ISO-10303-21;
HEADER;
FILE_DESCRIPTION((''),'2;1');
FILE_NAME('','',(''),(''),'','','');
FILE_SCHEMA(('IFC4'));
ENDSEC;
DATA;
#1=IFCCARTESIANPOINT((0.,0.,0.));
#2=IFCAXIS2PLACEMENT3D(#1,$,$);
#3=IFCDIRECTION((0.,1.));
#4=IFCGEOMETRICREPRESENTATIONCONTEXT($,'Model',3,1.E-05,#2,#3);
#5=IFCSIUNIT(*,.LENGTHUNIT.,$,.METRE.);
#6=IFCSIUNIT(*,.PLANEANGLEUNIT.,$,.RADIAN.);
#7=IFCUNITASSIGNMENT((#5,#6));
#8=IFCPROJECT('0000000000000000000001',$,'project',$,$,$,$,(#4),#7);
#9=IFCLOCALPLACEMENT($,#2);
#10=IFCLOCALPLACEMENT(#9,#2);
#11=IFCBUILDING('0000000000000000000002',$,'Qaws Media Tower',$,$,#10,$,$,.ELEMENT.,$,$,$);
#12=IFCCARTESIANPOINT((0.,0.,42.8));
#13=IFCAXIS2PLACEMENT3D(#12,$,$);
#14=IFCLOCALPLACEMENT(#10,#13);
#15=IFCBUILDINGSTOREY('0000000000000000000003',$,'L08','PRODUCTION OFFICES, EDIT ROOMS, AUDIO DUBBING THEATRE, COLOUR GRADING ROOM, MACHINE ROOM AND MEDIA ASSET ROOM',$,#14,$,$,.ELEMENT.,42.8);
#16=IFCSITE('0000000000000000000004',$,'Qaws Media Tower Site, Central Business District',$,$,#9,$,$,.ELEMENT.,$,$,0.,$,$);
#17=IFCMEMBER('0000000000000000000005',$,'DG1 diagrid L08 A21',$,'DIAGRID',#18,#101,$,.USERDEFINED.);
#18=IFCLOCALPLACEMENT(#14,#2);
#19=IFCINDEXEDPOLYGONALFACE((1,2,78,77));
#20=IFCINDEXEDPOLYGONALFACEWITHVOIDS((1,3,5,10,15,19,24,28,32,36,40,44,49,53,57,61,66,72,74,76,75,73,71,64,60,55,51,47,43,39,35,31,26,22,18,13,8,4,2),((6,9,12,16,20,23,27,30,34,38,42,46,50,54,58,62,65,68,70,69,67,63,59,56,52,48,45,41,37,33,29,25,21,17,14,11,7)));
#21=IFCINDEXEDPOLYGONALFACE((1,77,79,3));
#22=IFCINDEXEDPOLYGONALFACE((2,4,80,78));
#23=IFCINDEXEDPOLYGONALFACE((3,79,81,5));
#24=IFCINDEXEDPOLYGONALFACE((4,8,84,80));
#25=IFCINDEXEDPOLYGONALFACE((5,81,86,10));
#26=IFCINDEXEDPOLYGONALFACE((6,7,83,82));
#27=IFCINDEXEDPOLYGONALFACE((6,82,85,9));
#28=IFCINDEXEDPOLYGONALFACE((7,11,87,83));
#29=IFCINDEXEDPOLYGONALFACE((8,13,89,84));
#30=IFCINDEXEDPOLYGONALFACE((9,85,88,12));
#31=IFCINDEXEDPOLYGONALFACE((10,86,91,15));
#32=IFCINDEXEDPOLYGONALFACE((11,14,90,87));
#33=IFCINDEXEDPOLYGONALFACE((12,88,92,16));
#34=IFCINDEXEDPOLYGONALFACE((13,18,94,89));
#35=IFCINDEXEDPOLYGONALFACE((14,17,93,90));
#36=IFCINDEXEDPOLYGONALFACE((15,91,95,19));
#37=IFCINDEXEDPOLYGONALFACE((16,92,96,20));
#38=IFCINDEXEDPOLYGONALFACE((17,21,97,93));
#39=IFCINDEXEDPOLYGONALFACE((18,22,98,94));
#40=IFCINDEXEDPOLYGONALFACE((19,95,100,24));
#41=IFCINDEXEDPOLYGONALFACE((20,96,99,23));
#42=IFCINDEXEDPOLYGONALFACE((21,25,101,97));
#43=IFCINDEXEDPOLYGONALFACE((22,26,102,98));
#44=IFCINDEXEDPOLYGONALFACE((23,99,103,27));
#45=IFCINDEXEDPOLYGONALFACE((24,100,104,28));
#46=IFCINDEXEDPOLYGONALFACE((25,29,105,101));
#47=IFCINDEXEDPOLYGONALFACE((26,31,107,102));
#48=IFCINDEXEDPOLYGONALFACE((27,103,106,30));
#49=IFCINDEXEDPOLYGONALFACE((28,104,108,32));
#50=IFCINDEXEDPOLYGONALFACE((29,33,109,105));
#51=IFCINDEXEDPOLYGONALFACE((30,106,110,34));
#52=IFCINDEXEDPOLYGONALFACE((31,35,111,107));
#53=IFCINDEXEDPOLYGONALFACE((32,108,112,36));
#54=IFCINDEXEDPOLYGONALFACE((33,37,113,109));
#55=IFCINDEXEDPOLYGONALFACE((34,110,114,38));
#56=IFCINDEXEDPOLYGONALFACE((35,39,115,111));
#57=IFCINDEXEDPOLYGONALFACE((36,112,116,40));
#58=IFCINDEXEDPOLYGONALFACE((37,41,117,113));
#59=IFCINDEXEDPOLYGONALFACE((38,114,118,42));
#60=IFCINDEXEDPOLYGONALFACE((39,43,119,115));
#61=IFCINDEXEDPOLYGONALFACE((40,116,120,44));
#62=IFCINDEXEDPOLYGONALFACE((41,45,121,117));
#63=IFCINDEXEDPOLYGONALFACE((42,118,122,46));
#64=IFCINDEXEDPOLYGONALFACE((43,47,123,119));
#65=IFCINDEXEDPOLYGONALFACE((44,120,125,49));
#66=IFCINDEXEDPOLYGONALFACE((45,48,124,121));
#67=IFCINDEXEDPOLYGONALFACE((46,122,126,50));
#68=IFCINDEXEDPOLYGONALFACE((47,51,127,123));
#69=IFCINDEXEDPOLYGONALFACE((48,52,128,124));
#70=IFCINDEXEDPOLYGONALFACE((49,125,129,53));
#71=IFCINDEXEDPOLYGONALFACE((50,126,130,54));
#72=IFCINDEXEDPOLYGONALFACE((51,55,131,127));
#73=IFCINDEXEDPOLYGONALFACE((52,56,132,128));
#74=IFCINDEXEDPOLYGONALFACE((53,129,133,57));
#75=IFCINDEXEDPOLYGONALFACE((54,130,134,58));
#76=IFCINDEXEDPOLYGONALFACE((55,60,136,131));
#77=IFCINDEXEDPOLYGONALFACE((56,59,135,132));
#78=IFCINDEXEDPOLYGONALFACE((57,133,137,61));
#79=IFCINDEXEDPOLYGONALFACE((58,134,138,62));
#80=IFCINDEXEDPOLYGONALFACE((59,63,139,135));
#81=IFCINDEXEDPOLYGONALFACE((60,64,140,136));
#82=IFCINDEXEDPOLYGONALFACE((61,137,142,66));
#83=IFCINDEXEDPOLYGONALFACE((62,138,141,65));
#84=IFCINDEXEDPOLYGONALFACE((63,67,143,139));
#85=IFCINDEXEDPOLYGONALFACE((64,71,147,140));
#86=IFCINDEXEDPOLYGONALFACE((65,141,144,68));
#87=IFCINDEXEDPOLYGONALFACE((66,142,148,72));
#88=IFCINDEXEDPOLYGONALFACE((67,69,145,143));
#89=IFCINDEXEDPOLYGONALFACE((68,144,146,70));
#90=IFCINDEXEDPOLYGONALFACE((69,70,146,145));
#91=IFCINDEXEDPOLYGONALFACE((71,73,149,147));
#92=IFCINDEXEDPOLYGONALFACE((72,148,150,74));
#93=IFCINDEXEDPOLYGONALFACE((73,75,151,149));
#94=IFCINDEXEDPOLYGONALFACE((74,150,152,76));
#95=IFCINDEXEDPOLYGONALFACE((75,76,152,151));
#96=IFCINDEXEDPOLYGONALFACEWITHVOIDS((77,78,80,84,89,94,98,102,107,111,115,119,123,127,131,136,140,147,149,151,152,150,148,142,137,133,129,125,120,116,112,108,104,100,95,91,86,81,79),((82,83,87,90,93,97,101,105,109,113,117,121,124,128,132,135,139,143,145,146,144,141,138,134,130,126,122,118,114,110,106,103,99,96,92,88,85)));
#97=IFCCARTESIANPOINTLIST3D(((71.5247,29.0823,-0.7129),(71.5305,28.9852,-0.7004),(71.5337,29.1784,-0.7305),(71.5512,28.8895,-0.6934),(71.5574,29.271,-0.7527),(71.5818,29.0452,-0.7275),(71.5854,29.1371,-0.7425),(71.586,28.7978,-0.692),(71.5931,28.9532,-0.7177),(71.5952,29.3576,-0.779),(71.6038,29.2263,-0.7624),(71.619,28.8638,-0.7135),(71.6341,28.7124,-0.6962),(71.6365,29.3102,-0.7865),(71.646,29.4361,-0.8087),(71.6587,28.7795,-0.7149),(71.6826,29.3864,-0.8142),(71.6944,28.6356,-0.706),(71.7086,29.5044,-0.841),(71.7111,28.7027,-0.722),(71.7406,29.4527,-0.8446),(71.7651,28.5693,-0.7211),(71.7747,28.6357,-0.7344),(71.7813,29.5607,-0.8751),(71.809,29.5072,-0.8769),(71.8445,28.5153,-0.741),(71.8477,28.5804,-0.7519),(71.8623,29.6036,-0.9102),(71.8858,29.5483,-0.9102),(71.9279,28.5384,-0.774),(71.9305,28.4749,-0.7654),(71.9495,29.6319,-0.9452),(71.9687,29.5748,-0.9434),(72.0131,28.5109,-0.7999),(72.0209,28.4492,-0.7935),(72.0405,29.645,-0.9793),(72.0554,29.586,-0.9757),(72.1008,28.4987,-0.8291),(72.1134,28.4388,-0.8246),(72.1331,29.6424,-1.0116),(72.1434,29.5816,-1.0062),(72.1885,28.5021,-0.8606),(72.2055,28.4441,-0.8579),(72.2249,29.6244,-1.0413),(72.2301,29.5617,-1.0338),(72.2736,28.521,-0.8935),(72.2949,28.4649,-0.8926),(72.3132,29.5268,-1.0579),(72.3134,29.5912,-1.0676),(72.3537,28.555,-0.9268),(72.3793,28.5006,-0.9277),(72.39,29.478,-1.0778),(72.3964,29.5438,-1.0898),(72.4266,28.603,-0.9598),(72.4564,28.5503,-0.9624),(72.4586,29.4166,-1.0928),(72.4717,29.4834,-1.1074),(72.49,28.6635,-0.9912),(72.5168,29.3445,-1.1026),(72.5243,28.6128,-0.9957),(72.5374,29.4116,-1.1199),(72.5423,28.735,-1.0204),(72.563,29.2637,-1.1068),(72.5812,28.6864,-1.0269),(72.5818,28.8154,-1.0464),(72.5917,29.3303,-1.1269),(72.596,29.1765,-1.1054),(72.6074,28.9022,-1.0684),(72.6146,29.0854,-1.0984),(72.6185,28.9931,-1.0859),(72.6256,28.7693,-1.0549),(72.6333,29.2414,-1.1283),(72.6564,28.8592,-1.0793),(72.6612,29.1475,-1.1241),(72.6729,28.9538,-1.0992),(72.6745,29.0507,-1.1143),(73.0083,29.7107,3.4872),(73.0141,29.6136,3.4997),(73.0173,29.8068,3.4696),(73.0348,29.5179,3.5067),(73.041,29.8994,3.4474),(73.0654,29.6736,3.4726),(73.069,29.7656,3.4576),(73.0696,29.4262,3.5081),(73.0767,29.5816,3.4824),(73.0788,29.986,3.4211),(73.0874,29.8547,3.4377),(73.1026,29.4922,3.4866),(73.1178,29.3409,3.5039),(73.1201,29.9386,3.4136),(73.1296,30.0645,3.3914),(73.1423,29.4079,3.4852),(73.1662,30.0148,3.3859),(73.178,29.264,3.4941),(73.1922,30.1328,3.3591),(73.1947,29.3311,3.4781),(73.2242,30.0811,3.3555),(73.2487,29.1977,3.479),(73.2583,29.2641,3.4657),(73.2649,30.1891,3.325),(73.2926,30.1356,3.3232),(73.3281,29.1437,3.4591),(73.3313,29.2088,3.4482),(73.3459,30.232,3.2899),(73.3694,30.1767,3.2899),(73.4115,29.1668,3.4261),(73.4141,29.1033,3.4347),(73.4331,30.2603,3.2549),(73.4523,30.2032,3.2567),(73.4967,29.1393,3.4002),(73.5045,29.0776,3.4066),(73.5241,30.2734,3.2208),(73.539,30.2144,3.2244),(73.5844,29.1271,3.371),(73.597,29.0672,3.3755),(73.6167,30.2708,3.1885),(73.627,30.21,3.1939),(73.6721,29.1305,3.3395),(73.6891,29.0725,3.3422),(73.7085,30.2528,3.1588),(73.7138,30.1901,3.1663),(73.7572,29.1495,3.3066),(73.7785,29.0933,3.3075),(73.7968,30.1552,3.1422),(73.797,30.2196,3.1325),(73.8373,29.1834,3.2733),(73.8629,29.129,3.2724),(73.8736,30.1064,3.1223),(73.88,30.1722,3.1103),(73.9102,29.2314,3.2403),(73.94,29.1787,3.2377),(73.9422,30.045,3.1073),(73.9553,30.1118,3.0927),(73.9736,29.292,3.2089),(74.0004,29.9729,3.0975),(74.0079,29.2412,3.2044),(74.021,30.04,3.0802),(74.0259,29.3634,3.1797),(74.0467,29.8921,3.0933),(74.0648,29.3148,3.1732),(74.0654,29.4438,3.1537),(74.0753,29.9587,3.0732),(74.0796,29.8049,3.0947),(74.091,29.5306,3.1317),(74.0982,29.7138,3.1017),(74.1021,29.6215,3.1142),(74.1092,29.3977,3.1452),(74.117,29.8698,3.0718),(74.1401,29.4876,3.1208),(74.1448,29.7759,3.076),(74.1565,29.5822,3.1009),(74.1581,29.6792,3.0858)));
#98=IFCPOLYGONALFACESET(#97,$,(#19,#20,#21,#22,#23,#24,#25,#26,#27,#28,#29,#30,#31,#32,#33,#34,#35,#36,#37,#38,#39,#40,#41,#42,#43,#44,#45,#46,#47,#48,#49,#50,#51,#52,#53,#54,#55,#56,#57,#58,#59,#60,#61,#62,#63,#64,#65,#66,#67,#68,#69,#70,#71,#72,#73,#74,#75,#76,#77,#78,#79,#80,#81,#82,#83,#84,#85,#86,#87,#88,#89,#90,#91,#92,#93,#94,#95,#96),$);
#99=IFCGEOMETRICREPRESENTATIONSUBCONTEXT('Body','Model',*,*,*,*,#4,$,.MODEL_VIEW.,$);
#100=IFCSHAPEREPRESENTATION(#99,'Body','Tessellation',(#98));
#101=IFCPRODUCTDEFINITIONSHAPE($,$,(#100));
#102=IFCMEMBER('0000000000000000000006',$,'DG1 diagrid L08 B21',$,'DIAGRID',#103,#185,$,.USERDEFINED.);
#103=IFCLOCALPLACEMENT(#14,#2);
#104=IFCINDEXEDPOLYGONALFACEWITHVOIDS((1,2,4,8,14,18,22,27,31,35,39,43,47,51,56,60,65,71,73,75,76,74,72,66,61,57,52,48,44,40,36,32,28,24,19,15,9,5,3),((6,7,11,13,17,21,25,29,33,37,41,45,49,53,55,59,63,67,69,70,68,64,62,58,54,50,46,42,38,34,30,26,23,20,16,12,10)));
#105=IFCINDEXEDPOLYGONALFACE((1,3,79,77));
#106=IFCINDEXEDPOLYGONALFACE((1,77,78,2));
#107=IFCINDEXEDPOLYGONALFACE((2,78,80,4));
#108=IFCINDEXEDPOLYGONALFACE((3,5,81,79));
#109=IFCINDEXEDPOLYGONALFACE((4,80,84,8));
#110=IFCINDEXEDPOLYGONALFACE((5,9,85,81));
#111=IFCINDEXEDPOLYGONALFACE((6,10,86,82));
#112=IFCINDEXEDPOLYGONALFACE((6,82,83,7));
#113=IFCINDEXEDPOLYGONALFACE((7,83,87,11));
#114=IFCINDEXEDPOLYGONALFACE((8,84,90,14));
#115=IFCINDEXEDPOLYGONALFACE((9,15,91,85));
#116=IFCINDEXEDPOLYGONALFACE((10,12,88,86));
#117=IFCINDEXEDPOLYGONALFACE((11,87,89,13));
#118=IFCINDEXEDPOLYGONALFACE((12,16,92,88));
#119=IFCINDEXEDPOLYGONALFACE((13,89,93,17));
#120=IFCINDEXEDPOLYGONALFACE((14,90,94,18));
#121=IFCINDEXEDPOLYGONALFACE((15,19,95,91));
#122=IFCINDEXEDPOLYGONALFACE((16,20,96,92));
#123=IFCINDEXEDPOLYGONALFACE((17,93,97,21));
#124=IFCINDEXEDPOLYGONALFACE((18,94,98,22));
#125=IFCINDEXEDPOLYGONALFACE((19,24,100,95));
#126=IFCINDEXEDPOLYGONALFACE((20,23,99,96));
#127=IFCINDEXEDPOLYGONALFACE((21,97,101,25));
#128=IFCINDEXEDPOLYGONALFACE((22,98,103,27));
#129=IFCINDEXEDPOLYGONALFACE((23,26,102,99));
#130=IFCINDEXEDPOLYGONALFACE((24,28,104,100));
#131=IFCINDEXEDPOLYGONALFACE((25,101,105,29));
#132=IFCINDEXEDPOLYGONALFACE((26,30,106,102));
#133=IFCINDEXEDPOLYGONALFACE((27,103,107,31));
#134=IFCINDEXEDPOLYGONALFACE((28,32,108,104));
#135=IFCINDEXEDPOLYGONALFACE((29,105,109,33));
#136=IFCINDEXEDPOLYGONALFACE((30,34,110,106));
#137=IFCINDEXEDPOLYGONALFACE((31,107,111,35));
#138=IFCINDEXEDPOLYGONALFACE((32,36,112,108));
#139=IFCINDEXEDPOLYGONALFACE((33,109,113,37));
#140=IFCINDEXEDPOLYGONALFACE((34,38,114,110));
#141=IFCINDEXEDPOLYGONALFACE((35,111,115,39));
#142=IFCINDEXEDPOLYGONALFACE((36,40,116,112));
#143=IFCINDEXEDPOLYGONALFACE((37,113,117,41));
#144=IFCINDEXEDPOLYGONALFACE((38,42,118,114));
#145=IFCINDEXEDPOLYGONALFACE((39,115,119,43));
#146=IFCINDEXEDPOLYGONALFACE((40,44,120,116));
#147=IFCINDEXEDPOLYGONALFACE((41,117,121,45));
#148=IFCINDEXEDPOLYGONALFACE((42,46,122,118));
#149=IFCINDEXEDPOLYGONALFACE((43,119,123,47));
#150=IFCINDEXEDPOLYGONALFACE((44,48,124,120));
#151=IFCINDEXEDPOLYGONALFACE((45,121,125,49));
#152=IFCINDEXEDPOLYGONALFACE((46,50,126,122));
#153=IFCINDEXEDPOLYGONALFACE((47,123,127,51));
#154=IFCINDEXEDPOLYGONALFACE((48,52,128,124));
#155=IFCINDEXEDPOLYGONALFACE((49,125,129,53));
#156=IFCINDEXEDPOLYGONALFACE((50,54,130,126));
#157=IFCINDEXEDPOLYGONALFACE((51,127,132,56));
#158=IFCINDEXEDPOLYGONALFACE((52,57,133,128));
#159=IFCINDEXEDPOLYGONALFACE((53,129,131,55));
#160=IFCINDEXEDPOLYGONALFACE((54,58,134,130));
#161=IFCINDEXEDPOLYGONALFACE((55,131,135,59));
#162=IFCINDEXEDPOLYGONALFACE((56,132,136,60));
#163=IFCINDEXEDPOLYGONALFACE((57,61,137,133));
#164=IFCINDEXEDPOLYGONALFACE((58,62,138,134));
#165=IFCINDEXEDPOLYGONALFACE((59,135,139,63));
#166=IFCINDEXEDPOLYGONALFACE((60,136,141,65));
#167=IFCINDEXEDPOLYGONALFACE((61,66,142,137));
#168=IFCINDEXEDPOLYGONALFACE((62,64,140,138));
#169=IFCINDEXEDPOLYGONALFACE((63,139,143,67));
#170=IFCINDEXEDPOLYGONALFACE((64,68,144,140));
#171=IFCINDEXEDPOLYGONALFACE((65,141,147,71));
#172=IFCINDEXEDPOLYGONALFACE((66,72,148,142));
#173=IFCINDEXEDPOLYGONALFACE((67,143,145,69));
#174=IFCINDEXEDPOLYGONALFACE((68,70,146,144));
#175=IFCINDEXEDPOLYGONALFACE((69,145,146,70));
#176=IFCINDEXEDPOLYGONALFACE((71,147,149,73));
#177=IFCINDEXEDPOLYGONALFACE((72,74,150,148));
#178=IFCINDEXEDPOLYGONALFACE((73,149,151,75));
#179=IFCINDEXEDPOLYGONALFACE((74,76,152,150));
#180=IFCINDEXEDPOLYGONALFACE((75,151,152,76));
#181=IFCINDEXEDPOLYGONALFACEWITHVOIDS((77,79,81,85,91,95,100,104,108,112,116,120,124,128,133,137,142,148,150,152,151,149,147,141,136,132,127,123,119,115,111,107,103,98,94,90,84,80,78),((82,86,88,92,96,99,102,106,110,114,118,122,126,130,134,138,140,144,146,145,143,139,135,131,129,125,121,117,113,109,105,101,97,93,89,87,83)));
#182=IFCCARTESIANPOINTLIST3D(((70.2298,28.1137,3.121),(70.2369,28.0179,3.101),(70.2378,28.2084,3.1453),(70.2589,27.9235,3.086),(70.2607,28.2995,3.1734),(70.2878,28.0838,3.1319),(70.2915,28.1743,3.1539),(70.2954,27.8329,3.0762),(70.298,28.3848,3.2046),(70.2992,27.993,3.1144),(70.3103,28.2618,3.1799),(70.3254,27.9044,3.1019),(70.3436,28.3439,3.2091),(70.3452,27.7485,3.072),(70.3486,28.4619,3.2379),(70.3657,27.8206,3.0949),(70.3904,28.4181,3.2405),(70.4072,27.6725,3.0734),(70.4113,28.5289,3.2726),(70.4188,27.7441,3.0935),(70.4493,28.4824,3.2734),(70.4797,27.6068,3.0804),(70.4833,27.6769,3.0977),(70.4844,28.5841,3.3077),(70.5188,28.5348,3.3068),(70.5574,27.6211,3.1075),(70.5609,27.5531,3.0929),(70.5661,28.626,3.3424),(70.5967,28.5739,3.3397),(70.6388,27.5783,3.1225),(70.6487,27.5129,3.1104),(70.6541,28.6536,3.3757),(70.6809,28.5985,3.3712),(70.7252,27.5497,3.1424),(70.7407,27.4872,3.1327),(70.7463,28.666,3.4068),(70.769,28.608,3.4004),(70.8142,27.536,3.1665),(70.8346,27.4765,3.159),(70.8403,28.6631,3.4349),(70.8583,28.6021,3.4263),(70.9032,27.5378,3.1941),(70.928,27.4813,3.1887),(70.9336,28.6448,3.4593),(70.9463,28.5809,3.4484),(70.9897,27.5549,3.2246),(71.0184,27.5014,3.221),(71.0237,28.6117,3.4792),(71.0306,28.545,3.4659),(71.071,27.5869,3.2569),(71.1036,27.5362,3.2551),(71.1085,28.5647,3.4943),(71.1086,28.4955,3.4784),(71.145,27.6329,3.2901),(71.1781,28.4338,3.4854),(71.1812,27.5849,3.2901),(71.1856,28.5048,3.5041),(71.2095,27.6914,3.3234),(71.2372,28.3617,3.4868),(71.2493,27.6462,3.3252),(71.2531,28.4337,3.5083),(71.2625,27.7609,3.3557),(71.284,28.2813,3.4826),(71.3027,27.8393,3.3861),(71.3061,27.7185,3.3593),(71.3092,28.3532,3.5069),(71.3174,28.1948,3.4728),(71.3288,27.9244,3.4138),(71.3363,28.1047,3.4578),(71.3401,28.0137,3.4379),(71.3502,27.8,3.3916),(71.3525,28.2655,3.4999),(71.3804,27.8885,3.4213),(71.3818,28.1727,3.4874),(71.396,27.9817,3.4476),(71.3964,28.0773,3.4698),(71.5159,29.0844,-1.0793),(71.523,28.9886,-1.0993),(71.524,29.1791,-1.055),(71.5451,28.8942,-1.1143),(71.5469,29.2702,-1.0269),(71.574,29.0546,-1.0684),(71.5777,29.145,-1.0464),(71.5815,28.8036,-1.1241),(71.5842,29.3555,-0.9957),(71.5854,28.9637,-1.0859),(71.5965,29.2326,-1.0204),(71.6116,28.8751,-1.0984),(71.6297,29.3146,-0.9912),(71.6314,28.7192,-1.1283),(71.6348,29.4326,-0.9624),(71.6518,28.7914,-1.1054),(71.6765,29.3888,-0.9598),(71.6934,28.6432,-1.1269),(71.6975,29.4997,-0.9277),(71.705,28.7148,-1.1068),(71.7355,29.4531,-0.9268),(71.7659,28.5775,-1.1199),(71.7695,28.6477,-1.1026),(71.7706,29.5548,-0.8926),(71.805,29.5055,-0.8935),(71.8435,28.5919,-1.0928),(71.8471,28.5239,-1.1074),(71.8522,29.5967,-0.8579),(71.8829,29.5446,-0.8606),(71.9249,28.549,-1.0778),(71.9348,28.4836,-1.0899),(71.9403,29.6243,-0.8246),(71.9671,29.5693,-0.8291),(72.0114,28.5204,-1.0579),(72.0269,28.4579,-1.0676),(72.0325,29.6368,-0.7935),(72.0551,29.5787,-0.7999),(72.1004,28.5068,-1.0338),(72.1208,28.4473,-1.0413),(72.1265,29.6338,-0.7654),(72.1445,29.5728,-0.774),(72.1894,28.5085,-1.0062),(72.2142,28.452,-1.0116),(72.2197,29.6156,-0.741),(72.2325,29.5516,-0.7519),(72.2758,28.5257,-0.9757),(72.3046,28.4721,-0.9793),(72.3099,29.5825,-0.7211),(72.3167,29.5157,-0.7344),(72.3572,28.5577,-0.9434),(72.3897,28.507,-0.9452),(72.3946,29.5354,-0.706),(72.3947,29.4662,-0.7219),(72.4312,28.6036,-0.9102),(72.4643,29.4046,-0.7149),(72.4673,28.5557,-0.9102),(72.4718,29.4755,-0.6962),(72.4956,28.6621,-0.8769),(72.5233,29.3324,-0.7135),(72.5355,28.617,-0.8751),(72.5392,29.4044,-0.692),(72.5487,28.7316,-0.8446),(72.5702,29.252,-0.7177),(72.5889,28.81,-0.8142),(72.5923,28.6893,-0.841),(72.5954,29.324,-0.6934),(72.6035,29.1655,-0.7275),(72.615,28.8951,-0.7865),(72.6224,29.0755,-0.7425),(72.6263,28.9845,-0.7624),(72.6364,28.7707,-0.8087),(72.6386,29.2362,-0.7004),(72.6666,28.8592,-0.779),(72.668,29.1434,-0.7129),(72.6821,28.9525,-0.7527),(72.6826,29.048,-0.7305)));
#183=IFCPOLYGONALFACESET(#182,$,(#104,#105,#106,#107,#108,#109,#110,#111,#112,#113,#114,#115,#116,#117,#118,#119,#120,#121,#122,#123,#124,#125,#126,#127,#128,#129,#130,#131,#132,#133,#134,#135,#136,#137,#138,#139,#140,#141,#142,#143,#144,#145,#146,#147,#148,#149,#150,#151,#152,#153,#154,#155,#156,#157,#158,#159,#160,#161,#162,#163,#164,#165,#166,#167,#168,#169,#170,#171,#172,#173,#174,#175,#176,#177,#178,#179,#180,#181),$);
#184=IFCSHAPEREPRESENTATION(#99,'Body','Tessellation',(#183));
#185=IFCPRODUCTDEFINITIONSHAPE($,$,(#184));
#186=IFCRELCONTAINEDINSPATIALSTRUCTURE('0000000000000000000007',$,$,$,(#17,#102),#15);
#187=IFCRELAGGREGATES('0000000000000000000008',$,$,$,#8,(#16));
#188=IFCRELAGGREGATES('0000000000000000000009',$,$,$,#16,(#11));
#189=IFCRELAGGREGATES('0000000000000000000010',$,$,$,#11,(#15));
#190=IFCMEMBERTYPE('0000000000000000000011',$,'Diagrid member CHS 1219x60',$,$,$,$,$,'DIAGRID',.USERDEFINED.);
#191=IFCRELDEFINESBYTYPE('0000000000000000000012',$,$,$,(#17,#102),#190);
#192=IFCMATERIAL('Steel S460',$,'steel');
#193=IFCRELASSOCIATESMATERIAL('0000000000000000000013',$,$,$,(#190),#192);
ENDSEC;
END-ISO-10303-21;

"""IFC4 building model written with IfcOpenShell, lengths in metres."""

from ifc_helpers import new_model, si_unit, direction, frame, origin, origin_2d, place, context, subcontext, project, spatial, hollow_circle, extrude, material, material_profile, profile_set, type_object, element, save


model = new_model("IFC4")

# Units and contexts
model_context = context("Model", 3, precision=1e-05, world=origin(), true_north=direction((0.0, 1.0)))
body_context = subcontext(model_context, "Body", "Model", "MODEL_VIEW")
ifc_project = project(units=[si_unit("LENGTHUNIT", "METRE"), si_unit("PLANEANGLEUNIT", "RADIAN")], contexts=[model_context])

# Site, building, storey
site_placement = place(None, origin())
site = spatial("IfcSite", under=ifc_project, at=site_placement, Name="Qaws Media Tower Site, Central Business District", CompositionType="ELEMENT", RefElevation=0.0)
building_placement = place(site_placement, origin())
building = spatial("IfcBuilding", under=site, at=building_placement, Name="Qaws Media Tower", CompositionType="ELEMENT")
storey_placement = place(building_placement, frame((0.0, 0.0, 42.8)))
storey = spatial("IfcBuildingStorey", under=building, at=storey_placement, Name="L08", Description="PRODUCTION OFFICES, EDIT ROOMS, AUDIO DUBBING THEATRE, COLOUR GRADING ROOM, MACHINE ROOM AND MEDIA ASSET ROOM", CompositionType="ELEMENT", Elevation=42.8)

# Members
ifc_material_1 = material(Name="Steel S460", Category="steel")
ifc_material_profile_1 = material_profile(ifc_material_1, hollow_circle(Radius=0.6096, WallThickness=0.0601, at=origin_2d()), Name="CHS 1219x60")
ifc_profile_set_1 = profile_set([ifc_material_profile_1], Name="Steel S460")
member_type_1 = type_object("IfcMemberType", Name="Diagrid member CHS 1219x60", ElementType="DIAGRID", PredefinedType="USERDEFINED", material=ifc_profile_set_1)
member_1_placement = place(storey_placement, frame((72.1001, 29.0422, -0.9102), z_axis=(0.329798, 0.139691, 0.933659), x_axis=(-0.390021, 0.920806, 0.0)))
element("IfcMember", 1, at=member_1_placement, inside=storey, type_object=member_type_1, Name="DG1 diagrid L08 A21", ObjectType="DIAGRID", PredefinedType="USERDEFINED", context=body_context, shape_type="SweptSolid", body=[
    extrude(hollow_circle(Radius=0.6096, WallThickness=0.0601, at=origin_2d()), origin(), (0.0, 0.0, 1.0), 4.4985),
])
member_2_placement = place(storey_placement, frame((72.1001, 29.0422, -0.9102), z_axis=(-0.285892, -0.215776, 0.933652), x_axis=(0.602421, -0.798178, 0.0)))
element("IfcMember", 2, at=member_2_placement, inside=storey, type_object=member_type_1, Name="DG1 diagrid L08 B21", ObjectType="DIAGRID", PredefinedType="USERDEFINED", context=body_context, shape_type="SweptSolid", body=[
    extrude(hollow_circle(Radius=0.6096, WallThickness=0.0601, at=origin_2d()), origin(), (0.0, 0.0, 1.0), 4.4988),
])

save(model, "model.ifc")
